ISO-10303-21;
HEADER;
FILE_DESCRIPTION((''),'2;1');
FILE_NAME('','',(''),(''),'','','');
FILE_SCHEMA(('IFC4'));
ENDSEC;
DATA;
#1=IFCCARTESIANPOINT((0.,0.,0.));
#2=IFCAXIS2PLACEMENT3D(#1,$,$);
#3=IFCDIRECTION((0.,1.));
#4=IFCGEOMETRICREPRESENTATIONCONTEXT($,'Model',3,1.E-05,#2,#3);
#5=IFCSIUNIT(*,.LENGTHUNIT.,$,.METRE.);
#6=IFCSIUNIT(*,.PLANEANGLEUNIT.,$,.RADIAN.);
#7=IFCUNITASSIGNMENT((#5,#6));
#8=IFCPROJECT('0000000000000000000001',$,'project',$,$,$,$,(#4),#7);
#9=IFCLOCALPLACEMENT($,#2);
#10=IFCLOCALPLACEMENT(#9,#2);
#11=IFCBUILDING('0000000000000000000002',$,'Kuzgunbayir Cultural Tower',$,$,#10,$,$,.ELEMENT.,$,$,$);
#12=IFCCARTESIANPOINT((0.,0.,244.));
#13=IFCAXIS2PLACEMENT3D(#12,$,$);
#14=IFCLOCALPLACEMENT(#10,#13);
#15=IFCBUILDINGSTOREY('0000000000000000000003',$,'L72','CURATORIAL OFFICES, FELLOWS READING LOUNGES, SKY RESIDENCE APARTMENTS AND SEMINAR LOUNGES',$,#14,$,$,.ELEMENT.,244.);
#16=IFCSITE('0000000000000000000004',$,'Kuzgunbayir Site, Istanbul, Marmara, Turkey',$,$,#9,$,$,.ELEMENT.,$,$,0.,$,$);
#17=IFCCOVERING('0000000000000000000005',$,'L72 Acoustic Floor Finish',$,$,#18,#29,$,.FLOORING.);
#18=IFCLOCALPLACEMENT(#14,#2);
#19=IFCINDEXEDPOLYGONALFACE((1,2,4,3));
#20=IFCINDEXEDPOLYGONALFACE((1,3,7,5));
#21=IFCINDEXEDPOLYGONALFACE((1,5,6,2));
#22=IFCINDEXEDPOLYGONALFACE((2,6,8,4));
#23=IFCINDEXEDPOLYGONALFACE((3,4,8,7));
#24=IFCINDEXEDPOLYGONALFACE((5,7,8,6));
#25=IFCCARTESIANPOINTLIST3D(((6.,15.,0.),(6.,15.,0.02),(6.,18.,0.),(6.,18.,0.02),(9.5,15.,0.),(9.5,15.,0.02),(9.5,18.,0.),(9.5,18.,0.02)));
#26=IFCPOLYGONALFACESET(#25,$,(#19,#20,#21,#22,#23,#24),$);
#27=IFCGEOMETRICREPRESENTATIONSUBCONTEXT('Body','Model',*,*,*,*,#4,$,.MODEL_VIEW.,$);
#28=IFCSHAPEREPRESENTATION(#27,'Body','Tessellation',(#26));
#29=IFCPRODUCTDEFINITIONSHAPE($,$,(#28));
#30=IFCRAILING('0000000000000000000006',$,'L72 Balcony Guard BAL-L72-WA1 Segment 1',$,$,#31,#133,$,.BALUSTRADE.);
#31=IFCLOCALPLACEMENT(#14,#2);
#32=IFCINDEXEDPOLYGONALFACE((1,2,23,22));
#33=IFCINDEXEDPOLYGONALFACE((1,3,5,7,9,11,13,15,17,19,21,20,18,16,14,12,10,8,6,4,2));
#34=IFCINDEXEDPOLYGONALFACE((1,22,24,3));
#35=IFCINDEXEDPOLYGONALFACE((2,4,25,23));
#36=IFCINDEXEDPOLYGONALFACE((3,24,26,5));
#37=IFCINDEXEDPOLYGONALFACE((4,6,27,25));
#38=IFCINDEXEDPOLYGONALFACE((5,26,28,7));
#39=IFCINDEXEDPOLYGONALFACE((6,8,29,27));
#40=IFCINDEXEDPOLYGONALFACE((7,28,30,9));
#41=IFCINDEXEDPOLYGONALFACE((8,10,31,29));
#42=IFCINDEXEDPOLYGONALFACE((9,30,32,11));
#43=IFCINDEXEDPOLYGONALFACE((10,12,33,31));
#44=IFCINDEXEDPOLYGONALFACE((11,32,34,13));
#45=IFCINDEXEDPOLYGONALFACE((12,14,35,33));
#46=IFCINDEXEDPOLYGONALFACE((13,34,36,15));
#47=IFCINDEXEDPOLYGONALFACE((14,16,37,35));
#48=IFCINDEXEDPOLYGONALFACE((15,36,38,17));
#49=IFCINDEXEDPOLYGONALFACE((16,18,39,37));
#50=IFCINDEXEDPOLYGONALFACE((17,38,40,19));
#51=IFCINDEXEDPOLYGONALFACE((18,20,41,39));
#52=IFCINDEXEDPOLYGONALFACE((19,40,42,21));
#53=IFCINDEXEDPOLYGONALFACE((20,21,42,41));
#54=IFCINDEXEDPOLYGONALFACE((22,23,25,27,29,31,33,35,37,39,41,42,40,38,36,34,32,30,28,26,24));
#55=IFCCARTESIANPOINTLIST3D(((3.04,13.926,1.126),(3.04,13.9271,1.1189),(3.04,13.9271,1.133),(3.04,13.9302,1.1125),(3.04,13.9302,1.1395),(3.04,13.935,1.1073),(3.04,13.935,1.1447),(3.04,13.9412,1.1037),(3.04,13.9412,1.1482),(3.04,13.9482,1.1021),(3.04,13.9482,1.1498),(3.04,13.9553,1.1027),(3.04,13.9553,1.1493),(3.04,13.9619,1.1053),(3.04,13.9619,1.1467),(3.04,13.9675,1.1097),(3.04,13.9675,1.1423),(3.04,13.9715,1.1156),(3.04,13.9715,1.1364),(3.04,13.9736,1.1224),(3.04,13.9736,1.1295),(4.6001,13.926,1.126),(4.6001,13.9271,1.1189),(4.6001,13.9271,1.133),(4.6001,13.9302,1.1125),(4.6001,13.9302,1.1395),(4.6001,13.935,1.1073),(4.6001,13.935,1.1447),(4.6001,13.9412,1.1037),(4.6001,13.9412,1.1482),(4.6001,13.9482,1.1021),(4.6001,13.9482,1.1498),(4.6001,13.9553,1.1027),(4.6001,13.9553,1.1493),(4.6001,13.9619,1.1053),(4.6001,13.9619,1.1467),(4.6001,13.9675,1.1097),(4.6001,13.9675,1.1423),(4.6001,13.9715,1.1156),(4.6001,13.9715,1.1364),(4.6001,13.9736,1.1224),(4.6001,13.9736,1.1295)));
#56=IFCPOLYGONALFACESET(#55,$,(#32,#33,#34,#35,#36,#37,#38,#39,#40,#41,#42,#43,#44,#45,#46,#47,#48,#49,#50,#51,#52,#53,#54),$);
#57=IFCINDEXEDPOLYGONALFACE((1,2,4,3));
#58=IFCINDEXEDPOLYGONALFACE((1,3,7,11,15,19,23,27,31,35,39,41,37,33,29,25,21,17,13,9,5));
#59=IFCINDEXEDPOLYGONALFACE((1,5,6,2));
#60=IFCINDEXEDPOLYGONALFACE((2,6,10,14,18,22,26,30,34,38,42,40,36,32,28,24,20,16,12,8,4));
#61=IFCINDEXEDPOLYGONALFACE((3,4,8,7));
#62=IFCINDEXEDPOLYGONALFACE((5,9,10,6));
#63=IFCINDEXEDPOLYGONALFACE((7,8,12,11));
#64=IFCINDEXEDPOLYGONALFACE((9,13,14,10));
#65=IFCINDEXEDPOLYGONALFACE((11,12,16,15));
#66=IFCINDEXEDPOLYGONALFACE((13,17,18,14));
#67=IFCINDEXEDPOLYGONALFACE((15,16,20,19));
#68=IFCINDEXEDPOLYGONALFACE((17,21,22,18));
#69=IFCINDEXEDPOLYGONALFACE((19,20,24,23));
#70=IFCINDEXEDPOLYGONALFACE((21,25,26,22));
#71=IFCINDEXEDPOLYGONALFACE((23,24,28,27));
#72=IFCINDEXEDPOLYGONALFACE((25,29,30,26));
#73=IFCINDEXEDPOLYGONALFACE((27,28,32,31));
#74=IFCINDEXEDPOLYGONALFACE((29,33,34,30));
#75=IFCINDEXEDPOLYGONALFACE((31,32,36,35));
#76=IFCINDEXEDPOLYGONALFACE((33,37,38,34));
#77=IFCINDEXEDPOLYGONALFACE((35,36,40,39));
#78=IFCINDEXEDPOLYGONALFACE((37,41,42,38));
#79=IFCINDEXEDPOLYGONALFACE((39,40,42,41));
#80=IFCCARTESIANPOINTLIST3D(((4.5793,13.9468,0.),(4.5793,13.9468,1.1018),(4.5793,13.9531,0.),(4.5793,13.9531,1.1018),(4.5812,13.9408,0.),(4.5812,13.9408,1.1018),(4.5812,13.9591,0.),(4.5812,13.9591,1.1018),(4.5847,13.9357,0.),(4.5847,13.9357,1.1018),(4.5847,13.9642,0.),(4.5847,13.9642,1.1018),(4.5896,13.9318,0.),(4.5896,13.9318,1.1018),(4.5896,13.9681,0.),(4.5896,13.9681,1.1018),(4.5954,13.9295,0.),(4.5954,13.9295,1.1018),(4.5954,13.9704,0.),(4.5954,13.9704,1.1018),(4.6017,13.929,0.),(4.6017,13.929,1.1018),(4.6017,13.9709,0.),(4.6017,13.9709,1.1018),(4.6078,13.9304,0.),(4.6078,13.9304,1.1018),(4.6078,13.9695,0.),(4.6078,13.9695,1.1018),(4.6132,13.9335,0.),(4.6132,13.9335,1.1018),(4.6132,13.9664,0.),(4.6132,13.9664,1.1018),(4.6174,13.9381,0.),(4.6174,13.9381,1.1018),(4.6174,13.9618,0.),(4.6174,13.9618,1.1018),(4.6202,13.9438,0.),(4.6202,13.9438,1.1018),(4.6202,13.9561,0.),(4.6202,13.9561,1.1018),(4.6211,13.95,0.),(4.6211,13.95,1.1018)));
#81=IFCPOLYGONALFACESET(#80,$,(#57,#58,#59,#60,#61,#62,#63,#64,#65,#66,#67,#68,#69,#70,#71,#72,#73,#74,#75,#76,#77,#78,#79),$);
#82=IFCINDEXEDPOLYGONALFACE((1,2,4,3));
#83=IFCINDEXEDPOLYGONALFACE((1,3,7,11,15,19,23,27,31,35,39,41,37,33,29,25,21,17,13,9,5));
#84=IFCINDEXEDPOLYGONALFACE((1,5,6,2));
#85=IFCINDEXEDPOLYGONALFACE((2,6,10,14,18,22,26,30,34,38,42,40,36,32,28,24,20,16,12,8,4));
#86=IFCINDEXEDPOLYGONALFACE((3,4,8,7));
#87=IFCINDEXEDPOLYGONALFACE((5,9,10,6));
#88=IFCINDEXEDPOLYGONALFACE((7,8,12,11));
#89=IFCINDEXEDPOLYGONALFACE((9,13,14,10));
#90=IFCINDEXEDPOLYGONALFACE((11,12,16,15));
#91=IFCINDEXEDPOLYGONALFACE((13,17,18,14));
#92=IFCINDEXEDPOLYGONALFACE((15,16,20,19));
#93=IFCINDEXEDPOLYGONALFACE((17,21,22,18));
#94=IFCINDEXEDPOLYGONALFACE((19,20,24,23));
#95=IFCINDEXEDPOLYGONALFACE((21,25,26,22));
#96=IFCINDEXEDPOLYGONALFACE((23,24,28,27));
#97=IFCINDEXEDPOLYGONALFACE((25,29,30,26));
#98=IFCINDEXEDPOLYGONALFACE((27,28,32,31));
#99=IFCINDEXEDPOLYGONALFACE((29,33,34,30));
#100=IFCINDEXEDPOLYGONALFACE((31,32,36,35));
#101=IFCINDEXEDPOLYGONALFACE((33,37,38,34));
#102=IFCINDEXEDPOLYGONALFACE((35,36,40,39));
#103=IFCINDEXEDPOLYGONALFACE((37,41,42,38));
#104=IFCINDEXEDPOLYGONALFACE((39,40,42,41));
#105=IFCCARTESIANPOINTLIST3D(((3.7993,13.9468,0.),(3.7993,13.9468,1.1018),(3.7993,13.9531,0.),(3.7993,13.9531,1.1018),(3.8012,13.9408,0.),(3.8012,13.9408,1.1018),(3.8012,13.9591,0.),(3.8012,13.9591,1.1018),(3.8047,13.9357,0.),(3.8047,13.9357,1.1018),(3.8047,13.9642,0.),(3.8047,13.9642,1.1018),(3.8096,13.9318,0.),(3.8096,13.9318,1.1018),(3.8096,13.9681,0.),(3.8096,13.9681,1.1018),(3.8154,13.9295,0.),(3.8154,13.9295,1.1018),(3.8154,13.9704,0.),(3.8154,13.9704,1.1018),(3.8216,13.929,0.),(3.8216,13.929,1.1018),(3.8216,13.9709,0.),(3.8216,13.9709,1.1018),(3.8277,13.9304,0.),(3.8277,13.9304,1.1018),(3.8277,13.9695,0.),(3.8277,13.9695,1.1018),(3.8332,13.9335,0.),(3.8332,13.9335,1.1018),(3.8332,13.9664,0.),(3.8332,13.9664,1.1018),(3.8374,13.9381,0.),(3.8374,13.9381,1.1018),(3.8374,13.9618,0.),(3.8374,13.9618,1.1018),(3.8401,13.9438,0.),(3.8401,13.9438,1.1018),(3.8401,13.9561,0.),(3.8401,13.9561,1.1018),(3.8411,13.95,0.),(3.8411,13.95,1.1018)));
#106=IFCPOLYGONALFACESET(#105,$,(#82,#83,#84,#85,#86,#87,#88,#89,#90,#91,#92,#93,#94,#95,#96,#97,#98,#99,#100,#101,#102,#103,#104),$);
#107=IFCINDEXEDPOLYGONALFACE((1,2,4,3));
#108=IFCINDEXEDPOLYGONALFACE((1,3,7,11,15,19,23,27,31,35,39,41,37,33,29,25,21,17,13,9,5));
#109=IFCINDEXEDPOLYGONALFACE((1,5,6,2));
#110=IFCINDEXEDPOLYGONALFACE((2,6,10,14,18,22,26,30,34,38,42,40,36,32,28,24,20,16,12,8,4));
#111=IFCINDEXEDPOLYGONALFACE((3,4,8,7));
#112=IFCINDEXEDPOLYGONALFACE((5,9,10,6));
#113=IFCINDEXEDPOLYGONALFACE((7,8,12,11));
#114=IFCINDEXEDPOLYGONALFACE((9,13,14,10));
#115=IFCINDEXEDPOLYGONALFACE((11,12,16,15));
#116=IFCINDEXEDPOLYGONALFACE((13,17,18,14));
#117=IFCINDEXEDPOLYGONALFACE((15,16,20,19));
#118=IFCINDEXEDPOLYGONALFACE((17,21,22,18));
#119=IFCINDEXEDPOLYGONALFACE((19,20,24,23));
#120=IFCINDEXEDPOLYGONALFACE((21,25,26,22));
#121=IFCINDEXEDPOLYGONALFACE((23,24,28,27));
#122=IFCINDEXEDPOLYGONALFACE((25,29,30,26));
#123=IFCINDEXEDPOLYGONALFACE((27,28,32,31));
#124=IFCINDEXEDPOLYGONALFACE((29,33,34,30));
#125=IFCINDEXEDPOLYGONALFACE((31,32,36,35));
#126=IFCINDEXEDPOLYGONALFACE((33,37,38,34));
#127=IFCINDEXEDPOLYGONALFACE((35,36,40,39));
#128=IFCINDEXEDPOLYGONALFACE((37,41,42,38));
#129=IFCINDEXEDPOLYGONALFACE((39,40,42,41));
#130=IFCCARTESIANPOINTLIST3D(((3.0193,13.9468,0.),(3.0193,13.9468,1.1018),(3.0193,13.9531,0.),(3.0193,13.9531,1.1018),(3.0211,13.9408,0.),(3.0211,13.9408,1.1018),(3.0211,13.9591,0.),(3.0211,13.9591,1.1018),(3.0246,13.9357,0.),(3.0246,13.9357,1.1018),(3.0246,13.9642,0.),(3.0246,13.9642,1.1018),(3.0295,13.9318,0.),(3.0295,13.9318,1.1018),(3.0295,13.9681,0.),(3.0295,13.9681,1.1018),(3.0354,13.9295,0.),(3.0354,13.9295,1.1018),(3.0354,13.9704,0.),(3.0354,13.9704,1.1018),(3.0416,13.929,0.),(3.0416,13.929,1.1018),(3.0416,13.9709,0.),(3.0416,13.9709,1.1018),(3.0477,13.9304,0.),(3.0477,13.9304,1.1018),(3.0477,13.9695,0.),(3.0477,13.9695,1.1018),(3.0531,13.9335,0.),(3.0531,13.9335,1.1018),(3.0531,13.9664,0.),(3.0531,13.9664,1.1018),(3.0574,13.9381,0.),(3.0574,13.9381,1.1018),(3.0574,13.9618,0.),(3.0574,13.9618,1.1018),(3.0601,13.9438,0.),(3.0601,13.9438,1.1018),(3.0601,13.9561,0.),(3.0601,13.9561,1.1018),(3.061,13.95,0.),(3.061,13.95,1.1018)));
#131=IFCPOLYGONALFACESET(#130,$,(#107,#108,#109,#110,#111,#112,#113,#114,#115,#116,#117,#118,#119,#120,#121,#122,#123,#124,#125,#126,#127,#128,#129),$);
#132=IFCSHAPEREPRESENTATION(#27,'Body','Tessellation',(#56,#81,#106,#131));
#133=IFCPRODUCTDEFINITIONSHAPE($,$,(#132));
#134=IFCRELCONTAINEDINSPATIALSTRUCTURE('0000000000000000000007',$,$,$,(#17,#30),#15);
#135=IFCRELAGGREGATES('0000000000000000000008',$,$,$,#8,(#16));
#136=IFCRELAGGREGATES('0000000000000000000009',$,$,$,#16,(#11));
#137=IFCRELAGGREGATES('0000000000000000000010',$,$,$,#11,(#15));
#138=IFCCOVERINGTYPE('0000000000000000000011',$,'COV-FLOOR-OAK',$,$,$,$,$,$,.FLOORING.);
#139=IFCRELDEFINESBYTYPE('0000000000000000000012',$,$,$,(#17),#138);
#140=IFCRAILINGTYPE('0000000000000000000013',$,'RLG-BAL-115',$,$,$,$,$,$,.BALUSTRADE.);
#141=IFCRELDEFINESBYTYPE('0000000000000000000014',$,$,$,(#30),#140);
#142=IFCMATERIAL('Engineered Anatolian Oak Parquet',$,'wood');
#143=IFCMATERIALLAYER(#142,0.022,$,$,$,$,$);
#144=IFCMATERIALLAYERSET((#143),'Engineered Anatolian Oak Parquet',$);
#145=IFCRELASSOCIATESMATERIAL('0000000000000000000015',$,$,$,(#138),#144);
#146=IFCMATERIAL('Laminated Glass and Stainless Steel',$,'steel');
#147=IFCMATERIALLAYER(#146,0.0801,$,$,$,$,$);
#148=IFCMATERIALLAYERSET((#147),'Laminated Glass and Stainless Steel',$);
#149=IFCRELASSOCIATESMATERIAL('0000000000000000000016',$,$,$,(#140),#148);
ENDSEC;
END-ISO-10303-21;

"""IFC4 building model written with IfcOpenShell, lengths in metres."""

from ifc_helpers import new_model, si_unit, direction, frame, origin, origin_2d, place, context, subcontext, project, spatial, polyline, circle, outline, extrude, material, layer, layer_set, type_object, element, save


model = new_model("IFC4")

# Units and contexts
model_context = context("Model", 3, precision=1e-05, world=origin(), true_north=direction((0.0, 1.0)))
body_context = subcontext(model_context, "Body", "Model", "MODEL_VIEW")
ifc_project = project(units=[si_unit("LENGTHUNIT", "METRE"), si_unit("PLANEANGLEUNIT", "RADIAN")], contexts=[model_context])

# Site, building, storey
site_placement = place(None, origin())
site = spatial("IfcSite", under=ifc_project, at=site_placement, Name="Kuzgunbayir Site, Istanbul, Marmara, Turkey", CompositionType="ELEMENT", RefElevation=0.0)
building_placement = place(site_placement, origin())
building = spatial("IfcBuilding", under=site, at=building_placement, Name="Kuzgunbayir Cultural Tower", CompositionType="ELEMENT")
storey_placement = place(building_placement, frame((0.0, 0.0, 244.0)))
storey = spatial("IfcBuildingStorey", under=building, at=storey_placement, Name="L72", Description="CURATORIAL OFFICES, FELLOWS READING LOUNGES, SKY RESIDENCE APARTMENTS AND SEMINAR LOUNGES", CompositionType="ELEMENT", Elevation=244.0)

# Covering
ifc_material_1 = material(Name="Engineered Anatolian Oak Parquet", Category="wood")
ifc_layer_1 = layer(ifc_material_1, 0.022)
ifc_layer_set_1 = layer_set([ifc_layer_1], Name="Engineered Anatolian Oak Parquet")
covering_type_1 = type_object("IfcCoveringType", Name="COV-FLOOR-OAK", PredefinedType="FLOORING", material=ifc_layer_set_1)
covering_1_placement = place(storey_placement, origin())
element("IfcCovering", 1, at=covering_1_placement, inside=storey, type_object=covering_type_1, Name="L72 Acoustic Floor Finish", PredefinedType="FLOORING", context=body_context, shape_type="SweptSolid", body=[
    extrude(outline(polyline([(6.0, 15.0), (9.5, 15.0), (9.5, 18.0), (6.0, 18.0), (6.0, 15.0)])), origin(), (0.0, 0.0, 1.0), 0.02),
])

# Railing
ifc_material_2 = material(Name="Laminated Glass and Stainless Steel", Category="steel")
ifc_layer_2 = layer(ifc_material_2, 0.0801)
ifc_layer_set_2 = layer_set([ifc_layer_2], Name="Laminated Glass and Stainless Steel")
railing_type = type_object("IfcRailingType", Name="RLG-BAL-115", PredefinedType="BALUSTRADE", material=ifc_layer_set_2)
railing_1_placement = place(storey_placement, frame((4.6001, 13.95, 0.0)))
element("IfcRailing", 2, at=railing_1_placement, inside=storey, type_object=railing_type, Name="L72 Balcony Guard BAL-L72-WA1 Segment 1", PredefinedType="BALUSTRADE", context=body_context, shape_type="SweptSolid", body=[
    extrude(circle(Radius=0.0239, at=origin_2d()), frame((0.0, 0.0, 1.126), z_axis=(-1.0, 0.0, 0.0), x_axis=(0.0, -1.0, 0.0)), (0.0, 0.0, 1.0), 1.5601),
    extrude(circle(Radius=0.021, at=origin_2d()), origin(), (0.0, 0.0, 1.0), 1.1018),
    extrude(circle(Radius=0.021, at=origin_2d()), frame((-0.78, 0.0, 0.0)), (0.0, 0.0, 1.0), 1.1018),
    extrude(circle(Radius=0.021, at=origin_2d()), frame((-1.5601, 0.0, 0.0)), (0.0, 0.0, 1.0), 1.1018),
])

save(model, "model.ifc")
